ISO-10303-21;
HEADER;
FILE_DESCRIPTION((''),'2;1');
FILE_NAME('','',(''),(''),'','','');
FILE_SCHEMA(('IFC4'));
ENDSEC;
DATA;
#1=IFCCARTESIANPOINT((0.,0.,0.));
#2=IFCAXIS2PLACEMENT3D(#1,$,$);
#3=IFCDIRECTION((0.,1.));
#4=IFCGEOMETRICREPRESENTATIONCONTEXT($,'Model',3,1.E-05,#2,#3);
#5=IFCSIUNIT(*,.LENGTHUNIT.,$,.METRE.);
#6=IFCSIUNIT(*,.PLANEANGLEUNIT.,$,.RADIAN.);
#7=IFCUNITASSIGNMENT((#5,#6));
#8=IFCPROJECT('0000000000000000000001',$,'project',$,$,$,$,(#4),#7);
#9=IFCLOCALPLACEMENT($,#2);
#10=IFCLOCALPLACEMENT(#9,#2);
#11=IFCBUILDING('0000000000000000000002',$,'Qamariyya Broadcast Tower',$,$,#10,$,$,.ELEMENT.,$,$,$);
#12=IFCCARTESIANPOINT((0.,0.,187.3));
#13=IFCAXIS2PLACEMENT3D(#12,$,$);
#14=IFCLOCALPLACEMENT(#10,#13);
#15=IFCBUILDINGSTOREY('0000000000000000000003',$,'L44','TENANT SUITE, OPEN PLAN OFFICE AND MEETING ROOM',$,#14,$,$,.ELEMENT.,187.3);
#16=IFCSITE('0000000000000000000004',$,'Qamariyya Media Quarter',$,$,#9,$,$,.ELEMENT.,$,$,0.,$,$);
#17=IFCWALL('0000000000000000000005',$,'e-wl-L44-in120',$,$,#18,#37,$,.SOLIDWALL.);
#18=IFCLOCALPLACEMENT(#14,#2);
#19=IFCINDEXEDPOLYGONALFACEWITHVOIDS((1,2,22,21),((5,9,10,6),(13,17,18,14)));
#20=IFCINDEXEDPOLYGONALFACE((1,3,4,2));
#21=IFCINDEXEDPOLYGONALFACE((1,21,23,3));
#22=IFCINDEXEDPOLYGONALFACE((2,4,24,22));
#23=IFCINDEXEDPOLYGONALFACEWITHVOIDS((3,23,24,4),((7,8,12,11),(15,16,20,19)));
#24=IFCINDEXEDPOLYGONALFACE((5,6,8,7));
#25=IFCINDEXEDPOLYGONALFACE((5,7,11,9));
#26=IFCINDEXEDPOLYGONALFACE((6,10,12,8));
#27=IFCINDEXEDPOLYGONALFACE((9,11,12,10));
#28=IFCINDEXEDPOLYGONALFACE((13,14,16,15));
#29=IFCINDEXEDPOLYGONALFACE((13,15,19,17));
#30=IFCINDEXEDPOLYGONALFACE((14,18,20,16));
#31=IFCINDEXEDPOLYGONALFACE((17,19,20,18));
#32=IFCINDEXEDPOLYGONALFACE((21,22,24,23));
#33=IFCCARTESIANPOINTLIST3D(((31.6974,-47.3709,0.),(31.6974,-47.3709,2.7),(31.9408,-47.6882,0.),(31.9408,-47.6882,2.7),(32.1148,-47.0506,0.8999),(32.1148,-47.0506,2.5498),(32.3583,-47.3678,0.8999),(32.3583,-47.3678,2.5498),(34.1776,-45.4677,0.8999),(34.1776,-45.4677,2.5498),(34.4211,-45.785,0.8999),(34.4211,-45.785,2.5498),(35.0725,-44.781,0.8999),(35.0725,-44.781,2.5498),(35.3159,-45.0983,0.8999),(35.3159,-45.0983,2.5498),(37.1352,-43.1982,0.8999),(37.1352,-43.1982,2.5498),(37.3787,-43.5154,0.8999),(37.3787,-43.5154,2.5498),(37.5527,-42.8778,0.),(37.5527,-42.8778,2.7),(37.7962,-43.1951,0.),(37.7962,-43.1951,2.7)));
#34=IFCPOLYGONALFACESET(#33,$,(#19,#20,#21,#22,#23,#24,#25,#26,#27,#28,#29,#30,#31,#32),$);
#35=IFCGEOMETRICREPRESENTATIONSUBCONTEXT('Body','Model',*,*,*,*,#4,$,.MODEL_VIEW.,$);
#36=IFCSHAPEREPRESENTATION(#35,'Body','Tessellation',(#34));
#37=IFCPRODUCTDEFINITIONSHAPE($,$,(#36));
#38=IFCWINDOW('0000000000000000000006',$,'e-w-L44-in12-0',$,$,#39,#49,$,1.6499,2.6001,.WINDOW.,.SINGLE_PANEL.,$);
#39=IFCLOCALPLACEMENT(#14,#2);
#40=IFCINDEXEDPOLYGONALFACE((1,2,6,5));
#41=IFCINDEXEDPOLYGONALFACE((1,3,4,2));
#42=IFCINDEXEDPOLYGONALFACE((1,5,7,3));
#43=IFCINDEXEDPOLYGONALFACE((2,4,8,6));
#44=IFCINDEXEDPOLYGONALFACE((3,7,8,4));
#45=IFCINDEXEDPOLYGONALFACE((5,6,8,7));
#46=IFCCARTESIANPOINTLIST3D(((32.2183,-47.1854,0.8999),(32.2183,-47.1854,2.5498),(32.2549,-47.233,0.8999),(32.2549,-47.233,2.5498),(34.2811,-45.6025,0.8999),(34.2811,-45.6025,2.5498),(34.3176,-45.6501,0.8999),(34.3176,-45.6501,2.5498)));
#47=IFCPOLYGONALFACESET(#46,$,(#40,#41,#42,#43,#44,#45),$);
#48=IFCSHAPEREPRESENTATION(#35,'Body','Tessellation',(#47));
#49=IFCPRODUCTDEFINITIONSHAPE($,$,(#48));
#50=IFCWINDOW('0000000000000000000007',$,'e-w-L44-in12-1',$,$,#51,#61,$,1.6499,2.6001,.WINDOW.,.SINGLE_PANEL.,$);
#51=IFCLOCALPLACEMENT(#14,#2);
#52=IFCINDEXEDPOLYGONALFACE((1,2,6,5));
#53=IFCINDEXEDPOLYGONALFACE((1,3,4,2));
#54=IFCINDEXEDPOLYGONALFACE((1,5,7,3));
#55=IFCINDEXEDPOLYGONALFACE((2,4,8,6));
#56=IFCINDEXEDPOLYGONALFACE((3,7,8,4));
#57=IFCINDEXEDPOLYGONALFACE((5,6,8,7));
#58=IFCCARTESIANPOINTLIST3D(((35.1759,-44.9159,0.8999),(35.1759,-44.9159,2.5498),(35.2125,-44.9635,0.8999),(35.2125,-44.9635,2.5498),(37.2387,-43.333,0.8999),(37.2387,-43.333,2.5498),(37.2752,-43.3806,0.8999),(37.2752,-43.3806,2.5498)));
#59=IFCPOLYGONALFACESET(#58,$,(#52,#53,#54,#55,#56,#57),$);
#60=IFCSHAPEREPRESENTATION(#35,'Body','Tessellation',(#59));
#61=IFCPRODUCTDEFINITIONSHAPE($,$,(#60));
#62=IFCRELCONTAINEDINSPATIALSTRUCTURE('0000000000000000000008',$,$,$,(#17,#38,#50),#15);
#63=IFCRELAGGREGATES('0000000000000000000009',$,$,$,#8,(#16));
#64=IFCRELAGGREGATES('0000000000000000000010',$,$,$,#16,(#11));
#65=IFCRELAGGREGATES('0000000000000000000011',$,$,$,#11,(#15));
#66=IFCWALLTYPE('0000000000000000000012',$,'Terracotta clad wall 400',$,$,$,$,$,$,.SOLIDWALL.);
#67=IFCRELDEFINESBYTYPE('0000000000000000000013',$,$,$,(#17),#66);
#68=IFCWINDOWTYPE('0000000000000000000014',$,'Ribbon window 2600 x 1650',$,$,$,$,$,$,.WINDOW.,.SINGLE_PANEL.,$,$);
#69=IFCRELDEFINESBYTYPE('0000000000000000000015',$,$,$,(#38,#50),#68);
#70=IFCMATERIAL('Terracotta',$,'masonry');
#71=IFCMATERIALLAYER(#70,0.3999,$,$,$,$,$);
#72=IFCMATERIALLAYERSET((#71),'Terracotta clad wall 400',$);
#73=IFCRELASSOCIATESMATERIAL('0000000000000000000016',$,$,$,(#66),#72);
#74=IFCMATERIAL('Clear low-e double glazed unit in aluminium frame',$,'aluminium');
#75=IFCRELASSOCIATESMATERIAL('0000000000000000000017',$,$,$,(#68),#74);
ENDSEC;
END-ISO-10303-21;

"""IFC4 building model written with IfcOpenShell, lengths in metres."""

from ifc_helpers import new_model, si_unit, direction, frame, frame_2d, origin, place, context, subcontext, project, spatial, rectangle, extrude, material, layer, layer_set, type_object, element, fill, save


model = new_model("IFC4")

# Units and contexts
model_context = context("Model", 3, precision=1e-05, world=origin(), true_north=direction((0.0, 1.0)))
body_context = subcontext(model_context, "Body", "Model", "MODEL_VIEW")
ifc_project = project(units=[si_unit("LENGTHUNIT", "METRE"), si_unit("PLANEANGLEUNIT", "RADIAN")], contexts=[model_context])

# Site, building, storey
site_placement = place(None, origin())
site = spatial("IfcSite", under=ifc_project, at=site_placement, Name="Qamariyya Media Quarter", CompositionType="ELEMENT", RefElevation=0.0)
building_placement = place(site_placement, origin())
building = spatial("IfcBuilding", under=site, at=building_placement, Name="Qamariyya Broadcast Tower", CompositionType="ELEMENT")
storey_placement = place(building_placement, frame((0.0, 0.0, 187.3)))
storey = spatial("IfcBuildingStorey", under=building, at=storey_placement, Name="L44", Description="TENANT SUITE, OPEN PLAN OFFICE AND MEETING ROOM", CompositionType="ELEMENT", Elevation=187.3)

# Wall, openings, windows
ifc_material_1 = material(Name="Terracotta", Category="masonry")
ifc_layer = layer(ifc_material_1, 0.3999)
ifc_layer_set = layer_set([ifc_layer], Name="Terracotta clad wall 400")
wall_type = type_object("IfcWallType", Name="Terracotta clad wall 400", PredefinedType="SOLIDWALL", material=ifc_layer_set)
wall_placement = place(storey_placement, frame((37.6746, -43.0364, 0.0), z_axis=(0.0, 0.0, 1.0), x_axis=(-0.793346, -0.60877, 0.0)))
wall = element("IfcWall", 1, at=wall_placement, inside=storey, type_object=wall_type, Name="e-wl-L44-in120", PredefinedType="SOLIDWALL", context=body_context, shape_type="SweptSolid", body=[
    extrude(rectangle(XDim=7.3806, YDim=0.3999, at=frame_2d((3.6904, 0.0))), origin(), (0.0, 0.0, 1.0), 2.7),
])
opening_1_placement = place(wall_placement, frame((4.2544, 0.0, 0.8999)))
opening_1 = element("IfcOpeningElement", 2, at=opening_1_placement, cuts=wall, PredefinedType="OPENING", context=body_context, shape_type="SweptSolid", body=[
    extrude(rectangle(XDim=2.6001, YDim=1.6499, at=frame_2d((1.3, 0.825))), frame((0.0, 0.21, 0.0), z_axis=(0.0, -1.0, 0.0), x_axis=(1.0, 0.0, 0.0)), (0.0, 0.0, 1.0), 0.4199),
])
opening_2_placement = place(wall_placement, frame((0.5264, 0.0, 0.8999)))
opening_2 = element("IfcOpeningElement", 3, at=opening_2_placement, cuts=wall, PredefinedType="OPENING", context=body_context, shape_type="SweptSolid", body=[
    extrude(rectangle(XDim=2.6001, YDim=1.6499, at=frame_2d((1.3, 0.825))), frame((0.0, 0.21, 0.0), z_axis=(0.0, -1.0, 0.0), x_axis=(1.0, 0.0, 0.0)), (0.0, 0.0, 1.0), 0.4199),
])
ifc_material_2 = material(Name="Clear low-e double glazed unit in aluminium frame", Category="aluminium")
window_type = type_object("IfcWindowType", Name="Ribbon window 2600 x 1650", PartitioningType="SINGLE_PANEL", PredefinedType="WINDOW", material=ifc_material_2)
window_1_placement = place(opening_1_placement, origin())
window_1 = element("IfcWindow", 4, at=window_1_placement, inside=storey, type_object=window_type, Name="e-w-L44-in12-0", OverallHeight=1.6499, OverallWidth=2.6001, PartitioningType="SINGLE_PANEL", PredefinedType="WINDOW", context=body_context, shape_type="SweptSolid", body=[
    extrude(rectangle(XDim=2.6001, YDim=1.6499, at=frame_2d((1.3, 0.825))), frame((0.0, 0.03, 0.0), z_axis=(0.0, -1.0, 0.0), x_axis=(1.0, 0.0, 0.0)), (0.0, 0.0, 1.0), 0.0601),
])
fill(opening_1, window_1)
window_2_placement = place(opening_2_placement, origin())
window_2 = element("IfcWindow", 5, at=window_2_placement, inside=storey, type_object=window_type, Name="e-w-L44-in12-1", OverallHeight=1.6499, OverallWidth=2.6001, PartitioningType="SINGLE_PANEL", PredefinedType="WINDOW", context=body_context, shape_type="SweptSolid", body=[
    extrude(rectangle(XDim=2.6001, YDim=1.6499, at=frame_2d((1.3, 0.825))), frame((0.0, 0.03, 0.0), z_axis=(0.0, -1.0, 0.0), x_axis=(1.0, 0.0, 0.0)), (0.0, 0.0, 1.0), 0.0601),
])
fill(opening_2, window_2)

save(model, "model.ifc")
